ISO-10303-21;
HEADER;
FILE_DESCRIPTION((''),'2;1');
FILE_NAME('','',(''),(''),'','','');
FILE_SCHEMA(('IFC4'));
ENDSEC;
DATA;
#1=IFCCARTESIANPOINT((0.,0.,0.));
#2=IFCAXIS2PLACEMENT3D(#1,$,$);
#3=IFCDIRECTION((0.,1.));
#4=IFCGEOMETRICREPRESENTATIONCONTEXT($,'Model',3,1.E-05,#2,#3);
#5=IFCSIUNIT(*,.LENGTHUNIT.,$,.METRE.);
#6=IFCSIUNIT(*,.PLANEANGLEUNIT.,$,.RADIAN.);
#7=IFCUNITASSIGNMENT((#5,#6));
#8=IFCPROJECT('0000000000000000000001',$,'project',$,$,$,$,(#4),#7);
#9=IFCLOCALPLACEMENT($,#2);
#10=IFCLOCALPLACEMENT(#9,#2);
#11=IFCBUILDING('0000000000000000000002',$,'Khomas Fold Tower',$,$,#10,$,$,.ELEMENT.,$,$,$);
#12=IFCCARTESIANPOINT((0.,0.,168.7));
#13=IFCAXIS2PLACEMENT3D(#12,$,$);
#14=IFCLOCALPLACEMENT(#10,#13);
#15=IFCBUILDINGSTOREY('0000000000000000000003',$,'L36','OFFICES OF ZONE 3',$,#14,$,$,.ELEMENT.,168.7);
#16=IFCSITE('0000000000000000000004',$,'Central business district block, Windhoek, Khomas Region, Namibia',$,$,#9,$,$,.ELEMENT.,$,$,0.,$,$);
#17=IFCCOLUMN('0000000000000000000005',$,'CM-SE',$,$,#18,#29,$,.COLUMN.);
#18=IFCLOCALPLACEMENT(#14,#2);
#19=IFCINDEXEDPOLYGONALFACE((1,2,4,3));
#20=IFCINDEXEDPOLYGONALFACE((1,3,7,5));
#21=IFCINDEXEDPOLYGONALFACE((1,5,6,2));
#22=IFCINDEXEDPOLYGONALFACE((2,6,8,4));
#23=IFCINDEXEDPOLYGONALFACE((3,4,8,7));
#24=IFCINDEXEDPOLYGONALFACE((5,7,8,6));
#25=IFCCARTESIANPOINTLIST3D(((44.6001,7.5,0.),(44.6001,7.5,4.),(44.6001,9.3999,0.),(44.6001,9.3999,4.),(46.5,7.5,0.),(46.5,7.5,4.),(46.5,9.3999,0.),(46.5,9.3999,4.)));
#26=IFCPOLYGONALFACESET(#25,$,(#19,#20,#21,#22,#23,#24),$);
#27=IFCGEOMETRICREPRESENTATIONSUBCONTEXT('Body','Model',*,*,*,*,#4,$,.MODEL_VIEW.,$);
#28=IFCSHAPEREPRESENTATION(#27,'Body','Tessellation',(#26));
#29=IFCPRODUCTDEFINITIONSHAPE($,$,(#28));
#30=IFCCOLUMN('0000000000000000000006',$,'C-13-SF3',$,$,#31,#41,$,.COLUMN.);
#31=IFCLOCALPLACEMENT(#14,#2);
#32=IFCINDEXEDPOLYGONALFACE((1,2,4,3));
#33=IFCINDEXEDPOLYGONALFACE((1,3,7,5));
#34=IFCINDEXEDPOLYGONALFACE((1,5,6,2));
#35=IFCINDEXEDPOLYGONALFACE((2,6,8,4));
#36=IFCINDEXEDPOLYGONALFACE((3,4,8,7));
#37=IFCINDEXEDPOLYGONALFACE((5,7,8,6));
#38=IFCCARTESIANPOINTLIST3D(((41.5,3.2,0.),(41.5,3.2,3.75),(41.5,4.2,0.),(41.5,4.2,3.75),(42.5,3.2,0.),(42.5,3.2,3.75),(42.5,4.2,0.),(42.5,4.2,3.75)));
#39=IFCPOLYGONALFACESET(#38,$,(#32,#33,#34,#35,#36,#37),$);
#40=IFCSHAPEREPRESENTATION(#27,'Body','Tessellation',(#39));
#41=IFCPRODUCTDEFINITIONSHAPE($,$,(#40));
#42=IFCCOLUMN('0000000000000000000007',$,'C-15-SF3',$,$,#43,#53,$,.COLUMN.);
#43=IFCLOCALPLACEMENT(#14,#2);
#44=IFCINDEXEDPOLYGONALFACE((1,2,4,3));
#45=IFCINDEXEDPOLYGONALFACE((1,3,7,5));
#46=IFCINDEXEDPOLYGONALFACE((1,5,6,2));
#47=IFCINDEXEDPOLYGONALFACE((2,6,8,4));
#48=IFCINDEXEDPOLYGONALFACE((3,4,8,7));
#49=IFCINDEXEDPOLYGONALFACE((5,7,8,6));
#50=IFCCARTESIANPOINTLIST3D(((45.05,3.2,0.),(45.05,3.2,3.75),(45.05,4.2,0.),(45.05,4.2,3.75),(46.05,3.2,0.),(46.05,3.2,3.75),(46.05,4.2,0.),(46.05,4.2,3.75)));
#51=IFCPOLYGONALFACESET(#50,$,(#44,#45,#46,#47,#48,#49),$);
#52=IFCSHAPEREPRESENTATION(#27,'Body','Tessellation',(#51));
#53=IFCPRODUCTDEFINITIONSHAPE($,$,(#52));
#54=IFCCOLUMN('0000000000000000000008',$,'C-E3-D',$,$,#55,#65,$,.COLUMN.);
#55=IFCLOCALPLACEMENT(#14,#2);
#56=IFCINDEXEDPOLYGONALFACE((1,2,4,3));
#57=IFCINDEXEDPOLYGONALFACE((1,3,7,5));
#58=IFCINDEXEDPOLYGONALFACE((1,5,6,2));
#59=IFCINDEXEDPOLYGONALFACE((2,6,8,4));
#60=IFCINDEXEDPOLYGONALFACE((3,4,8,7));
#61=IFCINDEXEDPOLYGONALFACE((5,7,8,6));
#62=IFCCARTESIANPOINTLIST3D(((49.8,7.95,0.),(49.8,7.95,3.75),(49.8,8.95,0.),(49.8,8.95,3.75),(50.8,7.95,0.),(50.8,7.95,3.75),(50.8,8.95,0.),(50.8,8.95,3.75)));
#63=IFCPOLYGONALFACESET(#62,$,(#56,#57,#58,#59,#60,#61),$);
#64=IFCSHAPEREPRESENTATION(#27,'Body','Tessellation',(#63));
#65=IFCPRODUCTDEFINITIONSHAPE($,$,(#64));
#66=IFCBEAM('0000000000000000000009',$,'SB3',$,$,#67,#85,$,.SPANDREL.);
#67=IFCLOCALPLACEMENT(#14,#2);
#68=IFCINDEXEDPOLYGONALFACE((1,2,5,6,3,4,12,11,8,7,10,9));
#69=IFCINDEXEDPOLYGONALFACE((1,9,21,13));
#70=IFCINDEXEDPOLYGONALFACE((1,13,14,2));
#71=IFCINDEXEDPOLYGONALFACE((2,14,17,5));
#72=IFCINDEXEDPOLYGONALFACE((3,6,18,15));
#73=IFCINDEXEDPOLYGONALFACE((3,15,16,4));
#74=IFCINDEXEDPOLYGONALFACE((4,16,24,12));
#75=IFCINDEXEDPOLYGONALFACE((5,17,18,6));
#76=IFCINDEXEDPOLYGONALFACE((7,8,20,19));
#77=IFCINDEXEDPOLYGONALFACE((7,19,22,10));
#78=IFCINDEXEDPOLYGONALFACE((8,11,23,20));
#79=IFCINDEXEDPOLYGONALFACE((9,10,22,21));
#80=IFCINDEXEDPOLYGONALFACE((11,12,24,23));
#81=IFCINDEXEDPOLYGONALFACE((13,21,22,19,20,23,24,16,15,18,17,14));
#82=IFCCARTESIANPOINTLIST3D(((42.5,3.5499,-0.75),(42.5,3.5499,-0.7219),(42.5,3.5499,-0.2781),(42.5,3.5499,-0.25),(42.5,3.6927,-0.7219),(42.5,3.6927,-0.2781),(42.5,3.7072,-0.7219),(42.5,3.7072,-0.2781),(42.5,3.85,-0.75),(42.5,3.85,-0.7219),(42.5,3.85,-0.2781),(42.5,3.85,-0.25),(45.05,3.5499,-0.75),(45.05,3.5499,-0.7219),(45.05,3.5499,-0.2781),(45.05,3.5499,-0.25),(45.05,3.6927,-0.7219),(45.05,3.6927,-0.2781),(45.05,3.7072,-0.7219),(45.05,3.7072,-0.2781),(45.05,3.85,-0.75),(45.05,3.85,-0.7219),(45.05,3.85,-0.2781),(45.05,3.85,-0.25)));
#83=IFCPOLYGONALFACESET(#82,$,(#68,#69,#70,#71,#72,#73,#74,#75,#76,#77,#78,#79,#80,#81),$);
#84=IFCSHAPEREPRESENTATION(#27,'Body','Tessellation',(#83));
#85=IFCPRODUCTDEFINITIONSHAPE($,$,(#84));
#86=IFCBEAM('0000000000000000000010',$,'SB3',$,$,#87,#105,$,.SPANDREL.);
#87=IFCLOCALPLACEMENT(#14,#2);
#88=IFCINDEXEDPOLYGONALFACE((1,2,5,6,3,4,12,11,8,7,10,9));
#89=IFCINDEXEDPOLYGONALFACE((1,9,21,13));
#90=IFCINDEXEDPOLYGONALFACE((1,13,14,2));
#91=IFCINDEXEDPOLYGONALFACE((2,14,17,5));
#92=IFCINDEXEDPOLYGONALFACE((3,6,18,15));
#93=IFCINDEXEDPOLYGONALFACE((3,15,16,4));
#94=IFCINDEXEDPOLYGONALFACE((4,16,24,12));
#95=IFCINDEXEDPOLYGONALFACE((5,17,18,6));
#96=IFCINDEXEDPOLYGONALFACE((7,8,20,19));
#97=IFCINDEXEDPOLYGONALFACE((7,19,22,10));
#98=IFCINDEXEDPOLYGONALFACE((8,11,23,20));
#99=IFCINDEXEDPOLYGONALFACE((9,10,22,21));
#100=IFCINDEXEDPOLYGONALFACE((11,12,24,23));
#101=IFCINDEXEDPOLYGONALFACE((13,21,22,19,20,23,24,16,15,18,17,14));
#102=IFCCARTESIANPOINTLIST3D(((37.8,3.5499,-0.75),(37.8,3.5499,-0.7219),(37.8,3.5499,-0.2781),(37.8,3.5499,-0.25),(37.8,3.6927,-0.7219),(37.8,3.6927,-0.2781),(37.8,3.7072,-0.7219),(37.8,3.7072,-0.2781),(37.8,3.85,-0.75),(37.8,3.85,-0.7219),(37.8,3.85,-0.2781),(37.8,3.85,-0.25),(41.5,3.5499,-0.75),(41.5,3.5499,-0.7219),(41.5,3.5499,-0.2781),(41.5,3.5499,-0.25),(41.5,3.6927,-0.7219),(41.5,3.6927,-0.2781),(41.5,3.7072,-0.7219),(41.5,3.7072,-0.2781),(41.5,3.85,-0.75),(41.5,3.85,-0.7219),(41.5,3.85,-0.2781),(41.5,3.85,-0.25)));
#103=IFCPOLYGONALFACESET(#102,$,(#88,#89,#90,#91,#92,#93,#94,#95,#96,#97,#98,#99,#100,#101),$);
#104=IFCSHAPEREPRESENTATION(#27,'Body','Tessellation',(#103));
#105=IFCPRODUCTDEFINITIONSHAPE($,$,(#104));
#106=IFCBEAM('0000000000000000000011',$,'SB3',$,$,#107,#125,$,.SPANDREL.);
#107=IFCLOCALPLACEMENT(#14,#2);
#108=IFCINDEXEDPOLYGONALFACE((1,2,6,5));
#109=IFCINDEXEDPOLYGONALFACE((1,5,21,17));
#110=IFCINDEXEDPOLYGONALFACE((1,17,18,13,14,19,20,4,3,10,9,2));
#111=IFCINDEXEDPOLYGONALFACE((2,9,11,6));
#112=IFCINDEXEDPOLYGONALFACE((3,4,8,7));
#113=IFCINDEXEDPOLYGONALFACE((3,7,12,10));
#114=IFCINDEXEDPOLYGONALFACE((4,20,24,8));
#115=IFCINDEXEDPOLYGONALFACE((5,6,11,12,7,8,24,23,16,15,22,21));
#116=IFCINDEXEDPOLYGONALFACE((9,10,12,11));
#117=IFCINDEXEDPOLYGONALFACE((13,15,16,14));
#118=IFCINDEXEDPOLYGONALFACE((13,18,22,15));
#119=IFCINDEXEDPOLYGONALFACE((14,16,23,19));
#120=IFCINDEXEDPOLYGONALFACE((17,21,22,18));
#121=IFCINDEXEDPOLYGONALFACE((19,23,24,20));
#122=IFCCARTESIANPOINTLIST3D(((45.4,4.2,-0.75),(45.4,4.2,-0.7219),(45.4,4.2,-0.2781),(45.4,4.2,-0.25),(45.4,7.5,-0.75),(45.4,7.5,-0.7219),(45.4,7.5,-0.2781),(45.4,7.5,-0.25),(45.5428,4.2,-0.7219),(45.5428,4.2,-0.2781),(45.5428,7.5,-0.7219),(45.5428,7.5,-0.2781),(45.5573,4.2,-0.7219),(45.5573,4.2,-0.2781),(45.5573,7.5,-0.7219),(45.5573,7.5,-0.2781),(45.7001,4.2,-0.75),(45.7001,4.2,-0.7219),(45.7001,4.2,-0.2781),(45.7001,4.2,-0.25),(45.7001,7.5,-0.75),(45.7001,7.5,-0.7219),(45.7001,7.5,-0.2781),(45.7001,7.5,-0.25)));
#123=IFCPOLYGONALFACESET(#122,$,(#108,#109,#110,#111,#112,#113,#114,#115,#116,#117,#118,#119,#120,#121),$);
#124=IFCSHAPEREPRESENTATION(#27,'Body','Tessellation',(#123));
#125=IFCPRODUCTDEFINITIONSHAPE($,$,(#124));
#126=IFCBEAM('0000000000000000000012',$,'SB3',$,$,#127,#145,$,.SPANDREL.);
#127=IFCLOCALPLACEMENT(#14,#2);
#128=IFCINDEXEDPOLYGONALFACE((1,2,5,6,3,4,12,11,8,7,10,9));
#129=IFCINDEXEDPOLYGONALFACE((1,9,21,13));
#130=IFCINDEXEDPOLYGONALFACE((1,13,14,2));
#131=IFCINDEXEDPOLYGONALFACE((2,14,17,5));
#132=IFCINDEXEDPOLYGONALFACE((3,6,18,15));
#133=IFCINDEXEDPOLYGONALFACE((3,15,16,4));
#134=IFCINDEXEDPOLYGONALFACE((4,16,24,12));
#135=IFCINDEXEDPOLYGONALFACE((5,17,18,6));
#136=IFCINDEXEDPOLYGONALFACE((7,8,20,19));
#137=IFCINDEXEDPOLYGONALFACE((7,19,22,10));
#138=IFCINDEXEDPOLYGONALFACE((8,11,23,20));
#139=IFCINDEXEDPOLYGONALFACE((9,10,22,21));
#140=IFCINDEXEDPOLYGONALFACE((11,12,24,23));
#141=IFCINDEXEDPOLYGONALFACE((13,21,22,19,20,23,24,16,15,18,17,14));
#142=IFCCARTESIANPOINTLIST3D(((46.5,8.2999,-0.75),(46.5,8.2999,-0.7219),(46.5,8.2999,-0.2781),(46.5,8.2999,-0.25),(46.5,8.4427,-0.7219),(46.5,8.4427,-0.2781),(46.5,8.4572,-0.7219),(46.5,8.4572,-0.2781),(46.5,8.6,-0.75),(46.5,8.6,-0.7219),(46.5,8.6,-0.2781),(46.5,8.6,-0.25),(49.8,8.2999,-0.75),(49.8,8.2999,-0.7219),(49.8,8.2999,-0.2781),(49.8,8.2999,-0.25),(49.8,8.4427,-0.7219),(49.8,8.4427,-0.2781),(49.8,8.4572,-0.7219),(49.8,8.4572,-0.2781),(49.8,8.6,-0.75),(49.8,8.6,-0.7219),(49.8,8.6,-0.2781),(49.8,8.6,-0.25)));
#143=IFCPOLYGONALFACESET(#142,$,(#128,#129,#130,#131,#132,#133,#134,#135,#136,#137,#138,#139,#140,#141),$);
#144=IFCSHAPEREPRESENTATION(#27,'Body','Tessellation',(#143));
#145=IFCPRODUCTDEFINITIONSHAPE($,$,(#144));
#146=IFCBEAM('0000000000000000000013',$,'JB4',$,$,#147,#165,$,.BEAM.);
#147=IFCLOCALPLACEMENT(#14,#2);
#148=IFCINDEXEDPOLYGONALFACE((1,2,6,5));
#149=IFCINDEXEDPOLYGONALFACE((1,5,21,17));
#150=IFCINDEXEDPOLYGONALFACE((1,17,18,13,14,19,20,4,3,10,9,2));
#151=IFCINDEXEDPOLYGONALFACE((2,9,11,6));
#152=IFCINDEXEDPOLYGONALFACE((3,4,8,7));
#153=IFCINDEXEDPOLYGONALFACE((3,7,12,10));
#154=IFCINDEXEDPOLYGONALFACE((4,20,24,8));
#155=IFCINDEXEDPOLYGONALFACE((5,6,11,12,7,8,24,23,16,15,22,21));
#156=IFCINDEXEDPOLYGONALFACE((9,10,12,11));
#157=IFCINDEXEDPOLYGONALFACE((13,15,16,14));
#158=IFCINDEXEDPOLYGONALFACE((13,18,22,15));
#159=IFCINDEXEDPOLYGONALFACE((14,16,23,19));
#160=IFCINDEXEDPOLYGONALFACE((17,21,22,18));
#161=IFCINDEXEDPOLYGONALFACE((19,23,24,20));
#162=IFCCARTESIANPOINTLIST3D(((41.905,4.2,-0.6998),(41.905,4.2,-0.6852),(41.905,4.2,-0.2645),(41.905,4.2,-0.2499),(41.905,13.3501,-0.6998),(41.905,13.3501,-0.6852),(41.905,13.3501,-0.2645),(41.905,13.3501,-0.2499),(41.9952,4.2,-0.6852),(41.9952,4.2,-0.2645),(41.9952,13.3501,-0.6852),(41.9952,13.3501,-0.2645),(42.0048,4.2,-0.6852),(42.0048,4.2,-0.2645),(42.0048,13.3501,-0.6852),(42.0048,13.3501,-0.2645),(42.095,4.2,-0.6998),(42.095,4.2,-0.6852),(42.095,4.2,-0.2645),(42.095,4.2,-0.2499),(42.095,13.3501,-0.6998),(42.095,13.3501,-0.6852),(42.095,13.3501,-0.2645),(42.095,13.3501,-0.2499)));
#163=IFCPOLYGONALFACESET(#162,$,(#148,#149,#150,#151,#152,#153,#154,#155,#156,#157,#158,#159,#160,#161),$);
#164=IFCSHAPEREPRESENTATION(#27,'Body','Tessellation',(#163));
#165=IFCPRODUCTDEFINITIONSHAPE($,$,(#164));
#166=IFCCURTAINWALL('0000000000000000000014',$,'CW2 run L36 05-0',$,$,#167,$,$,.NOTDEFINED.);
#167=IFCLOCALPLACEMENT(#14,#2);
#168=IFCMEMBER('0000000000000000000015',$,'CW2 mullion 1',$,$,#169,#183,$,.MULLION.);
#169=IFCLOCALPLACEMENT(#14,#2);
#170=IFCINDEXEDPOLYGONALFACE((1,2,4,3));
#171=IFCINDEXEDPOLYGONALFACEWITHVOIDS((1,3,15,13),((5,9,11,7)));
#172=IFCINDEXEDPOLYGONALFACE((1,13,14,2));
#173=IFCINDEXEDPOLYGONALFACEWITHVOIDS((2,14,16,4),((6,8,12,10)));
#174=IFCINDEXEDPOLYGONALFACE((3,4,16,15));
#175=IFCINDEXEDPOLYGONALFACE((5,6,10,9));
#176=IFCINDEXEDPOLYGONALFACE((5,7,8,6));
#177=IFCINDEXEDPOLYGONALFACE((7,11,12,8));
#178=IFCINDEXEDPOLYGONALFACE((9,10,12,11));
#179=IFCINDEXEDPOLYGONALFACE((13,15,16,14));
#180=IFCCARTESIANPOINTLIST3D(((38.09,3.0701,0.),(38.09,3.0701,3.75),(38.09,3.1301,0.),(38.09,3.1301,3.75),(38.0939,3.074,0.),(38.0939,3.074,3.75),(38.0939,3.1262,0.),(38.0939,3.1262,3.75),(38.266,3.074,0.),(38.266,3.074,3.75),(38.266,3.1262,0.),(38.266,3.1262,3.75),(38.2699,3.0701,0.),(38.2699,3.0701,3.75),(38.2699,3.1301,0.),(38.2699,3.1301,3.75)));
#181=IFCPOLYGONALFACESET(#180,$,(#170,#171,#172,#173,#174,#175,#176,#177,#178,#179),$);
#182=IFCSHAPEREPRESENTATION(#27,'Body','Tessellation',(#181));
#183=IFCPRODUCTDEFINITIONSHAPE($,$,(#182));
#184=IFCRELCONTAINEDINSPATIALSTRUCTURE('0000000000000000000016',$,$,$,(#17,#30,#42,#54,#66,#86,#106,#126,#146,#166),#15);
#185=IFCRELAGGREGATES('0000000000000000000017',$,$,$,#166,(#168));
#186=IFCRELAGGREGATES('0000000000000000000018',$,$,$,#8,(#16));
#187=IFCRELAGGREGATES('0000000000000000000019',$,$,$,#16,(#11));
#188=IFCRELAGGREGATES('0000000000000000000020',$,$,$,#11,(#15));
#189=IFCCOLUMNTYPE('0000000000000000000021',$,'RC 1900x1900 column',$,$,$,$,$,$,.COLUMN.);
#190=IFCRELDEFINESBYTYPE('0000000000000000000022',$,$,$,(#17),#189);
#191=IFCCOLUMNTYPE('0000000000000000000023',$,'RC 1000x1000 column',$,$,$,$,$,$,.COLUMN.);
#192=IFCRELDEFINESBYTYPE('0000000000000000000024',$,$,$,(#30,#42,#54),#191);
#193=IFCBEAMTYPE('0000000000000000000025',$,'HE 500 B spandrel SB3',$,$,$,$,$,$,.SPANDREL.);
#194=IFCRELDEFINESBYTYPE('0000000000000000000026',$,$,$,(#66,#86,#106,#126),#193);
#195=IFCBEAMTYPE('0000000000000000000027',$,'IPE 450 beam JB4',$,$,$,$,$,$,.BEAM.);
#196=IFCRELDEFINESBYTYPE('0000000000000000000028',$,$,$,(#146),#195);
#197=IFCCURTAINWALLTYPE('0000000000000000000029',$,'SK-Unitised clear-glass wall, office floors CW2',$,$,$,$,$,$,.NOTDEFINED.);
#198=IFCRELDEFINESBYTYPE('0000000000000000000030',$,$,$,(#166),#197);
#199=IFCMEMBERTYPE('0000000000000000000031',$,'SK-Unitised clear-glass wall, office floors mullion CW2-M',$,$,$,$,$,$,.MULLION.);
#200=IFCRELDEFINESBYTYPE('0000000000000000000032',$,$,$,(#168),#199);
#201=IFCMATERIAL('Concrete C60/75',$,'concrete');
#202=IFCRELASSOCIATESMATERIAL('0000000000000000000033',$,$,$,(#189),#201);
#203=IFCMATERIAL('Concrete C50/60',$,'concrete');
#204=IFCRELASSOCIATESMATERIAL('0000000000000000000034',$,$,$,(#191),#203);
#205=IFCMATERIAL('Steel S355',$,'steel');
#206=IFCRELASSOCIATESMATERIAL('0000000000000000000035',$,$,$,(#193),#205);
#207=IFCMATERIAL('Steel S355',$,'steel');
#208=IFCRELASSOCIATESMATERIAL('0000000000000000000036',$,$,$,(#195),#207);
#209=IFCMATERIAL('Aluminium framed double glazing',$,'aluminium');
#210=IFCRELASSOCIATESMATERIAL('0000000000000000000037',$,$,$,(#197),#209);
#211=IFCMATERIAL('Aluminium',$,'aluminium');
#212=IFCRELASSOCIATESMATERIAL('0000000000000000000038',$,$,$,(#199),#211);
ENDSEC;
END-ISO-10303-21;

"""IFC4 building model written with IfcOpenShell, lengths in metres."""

from ifc_helpers import new_model, si_unit, direction, frame, origin, origin_2d, place, context, subcontext, project, spatial, rectangle, hollow_rectangle, i_section, extrude, source, transform, mapped, material, material_profile, profile_set, type_object, element, aggregate, save


model = new_model("IFC4")

# Units and contexts
model_context = context("Model", 3, precision=1e-05, world=origin(), true_north=direction((0.0, 1.0)))
body_context = subcontext(model_context, "Body", "Model", "MODEL_VIEW")
ifc_project = project(units=[si_unit("LENGTHUNIT", "METRE"), si_unit("PLANEANGLEUNIT", "RADIAN")], contexts=[model_context])

# Site, building, storey
site_placement = place(None, origin())
site = spatial("IfcSite", under=ifc_project, at=site_placement, Name="Central business district block, Windhoek, Khomas Region, Namibia", CompositionType="ELEMENT", RefElevation=0.0)
building_placement = place(site_placement, origin())
building = spatial("IfcBuilding", under=site, at=building_placement, Name="Khomas Fold Tower", CompositionType="ELEMENT")
storey_placement = place(building_placement, frame((0.0, 0.0, 168.7)))
storey = spatial("IfcBuildingStorey", under=building, at=storey_placement, Name="L36", Description="OFFICES OF ZONE 3", CompositionType="ELEMENT", Elevation=168.7)

# Columns
ifc_material_1 = material(Name="Concrete C60/75", Category="concrete")
ifc_material_profile_1 = material_profile(ifc_material_1, rectangle(XDim=1.8999, YDim=1.8999, at=origin_2d()), Name="RC 1900x1900")
ifc_profile_set_1 = profile_set([ifc_material_profile_1], Name="Concrete C60/75")
column_type_1 = type_object("IfcColumnType", Name="RC 1900x1900 column", PredefinedType="COLUMN", material=ifc_profile_set_1)
shared_shape_1 = source(origin(), body_context, "Body", "SweptSolid", [
    extrude(rectangle(XDim=1.8999, YDim=1.8999, at=origin_2d()), origin(), (0.0, 0.0, 1.0), 4.0),
])
column_placement = place(storey_placement, frame((45.55, 8.45, 0.0), z_axis=(0.0, 0.0, 1.0), x_axis=(1.0, 0.0, 0.0)))
element("IfcColumn", 1, at=column_placement, inside=storey, type_object=column_type_1, Name="CM-SE", PredefinedType="COLUMN", context=body_context, shape_type="MappedRepresentation", body=[
    mapped(shared_shape_1, transform((0.0, 0.0, 0.0))),
])
ifc_material_2 = material(Name="Concrete C50/60", Category="concrete")
ifc_material_profile_2 = material_profile(ifc_material_2, rectangle(XDim=1.0, YDim=1.0, at=origin_2d()), Name="RC 1000x1000")
ifc_profile_set_2 = profile_set([ifc_material_profile_2], Name="Concrete C50/60")
column_type_2 = type_object("IfcColumnType", Name="RC 1000x1000 column", PredefinedType="COLUMN", material=ifc_profile_set_2)
shared_shape_2 = source(origin(), body_context, "Body", "SweptSolid", [
    extrude(rectangle(XDim=1.0, YDim=1.0, at=origin_2d()), origin(), (0.0, 0.0, 1.0), 3.75),
])
for number, where, z_axis, x_axis, name in (
    (2, (42.0, 3.7, 0.0), (0.0, 0.0, 1.0), (1.0, 0.0, 0.0), "C-13-SF3"),
    (3, (45.55, 3.7, 0.0), (0.0, 0.0, 1.0), (1.0, 0.0, 0.0), "C-15-SF3"),
    (4, (50.3, 8.45, 0.0), (0.0, 0.0, 1.0), (1.0, 0.0, 0.0), "C-E3-D"),
):
    element("IfcColumn", number, at=place(storey_placement, frame(where, z_axis=z_axis, x_axis=x_axis)), inside=storey, type_object=column_type_2, Name=name, PredefinedType="COLUMN", context=body_context, shape_type="MappedRepresentation", body=[
        mapped(shared_shape_2, transform((0.0, 0.0, 0.0))),
    ])

# Beams
ifc_material_3 = material(Name="Steel S355", Category="steel")
ifc_material_profile_3 = material_profile(ifc_material_3, i_section(OverallWidth=0.3, OverallDepth=0.5, WebThickness=0.0144, FlangeThickness=0.0281, at=origin_2d()), Name="HE 500 B")
ifc_profile_set_3 = profile_set([ifc_material_profile_3], Name="Steel S355")
beam_type_1 = type_object("IfcBeamType", Name="HE 500 B spandrel SB3", PredefinedType="SPANDREL", material=ifc_profile_set_3)
shared_shape_3 = source(origin(), body_context, "Body", "SweptSolid", [
    extrude(i_section(OverallWidth=0.3, OverallDepth=0.5, WebThickness=0.0144, FlangeThickness=0.0281, at=origin_2d()), origin(), (0.0, 0.0, 1.0), 2.55),
])
beam_1_placement = place(storey_placement, frame((42.5, 3.7, -0.5), z_axis=(1.0, 0.0, 0.0), x_axis=(0.0, 1.0, 0.0)))
element("IfcBeam", 5, at=beam_1_placement, inside=storey, type_object=beam_type_1, Name="SB3", PredefinedType="SPANDREL", context=body_context, shape_type="MappedRepresentation", body=[
    mapped(shared_shape_3, transform((0.0, 0.0, 0.0))),
])
shared_shape_4 = source(origin(), body_context, "Body", "SweptSolid", [
    extrude(i_section(OverallWidth=0.3, OverallDepth=0.5, WebThickness=0.0144, FlangeThickness=0.0281, at=origin_2d()), origin(), (0.0, 0.0, 1.0), 3.7),
])
beam_2_placement = place(storey_placement, frame((37.8, 3.7, -0.5), z_axis=(1.0, 0.0, 0.0), x_axis=(0.0, 1.0, 0.0)))
element("IfcBeam", 6, at=beam_2_placement, inside=storey, type_object=beam_type_1, Name="SB3", PredefinedType="SPANDREL", context=body_context, shape_type="MappedRepresentation", body=[
    mapped(shared_shape_4, transform((0.0, 0.0, 0.0))),
])
shared_shape_5 = source(origin(), body_context, "Body", "SweptSolid", [
    extrude(i_section(OverallWidth=0.3, OverallDepth=0.5, WebThickness=0.0144, FlangeThickness=0.0281, at=origin_2d()), origin(), (0.0, 0.0, 1.0), 3.3),
])
for number, where, z_axis, x_axis, name in (
    (7, (45.55, 4.2, -0.5), (0.0, 1.0, 0.0), (-1.0, 0.0, 0.0), "SB3"),
    (8, (46.5, 8.45, -0.5), (1.0, 0.0, 0.0), (0.0, 1.0, 0.0), "SB3"),
):
    element("IfcBeam", number, at=place(storey_placement, frame(where, z_axis=z_axis, x_axis=x_axis)), inside=storey, type_object=beam_type_1, Name=name, PredefinedType="SPANDREL", context=body_context, shape_type="MappedRepresentation", body=[
        mapped(shared_shape_5, transform((0.0, 0.0, 0.0))),
    ])
ifc_material_4 = material(Name="Steel S355", Category="steel")
ifc_material_profile_4 = material_profile(ifc_material_4, i_section(OverallWidth=0.1899, OverallDepth=0.45, WebThickness=0.0095, FlangeThickness=0.0146, at=origin_2d()), Name="IPE 450")
ifc_profile_set_4 = profile_set([ifc_material_profile_4], Name="Steel S355")
beam_type_2 = type_object("IfcBeamType", Name="IPE 450 beam JB4", PredefinedType="BEAM", material=ifc_profile_set_4)
shared_shape_6 = source(origin(), body_context, "Body", "SweptSolid", [
    extrude(i_section(OverallWidth=0.1899, OverallDepth=0.45, WebThickness=0.0095, FlangeThickness=0.0146, at=origin_2d()), origin(), (0.0, 0.0, 1.0), 9.1501),
])
beam_3_placement = place(storey_placement, frame((42.0, 4.2, -0.4749), z_axis=(0.0, 1.0, 0.0), x_axis=(-1.0, 0.0, 0.0)))
element("IfcBeam", 9, at=beam_3_placement, inside=storey, type_object=beam_type_2, Name="JB4", PredefinedType="BEAM", context=body_context, shape_type="MappedRepresentation", body=[
    mapped(shared_shape_6, transform((0.0, 0.0, 0.0))),
])

# Curtain wall, member
ifc_material_5 = material(Name="Aluminium framed double glazing", Category="aluminium")
curtain_wall_type_1 = type_object("IfcCurtainWallType", Name="SK-Unitised clear-glass wall, office floors CW2", PredefinedType="NOTDEFINED", material=ifc_material_5)
curtain_wall_1_placement = place(storey_placement, origin())
curtain_wall_1 = element("IfcCurtainWall", 10, at=curtain_wall_1_placement, inside=storey, type_object=curtain_wall_type_1, Name="CW2 run L36 05-0", PredefinedType="NOTDEFINED")
ifc_material_6 = material(Name="Aluminium", Category="aluminium")
ifc_material_profile_5 = material_profile(ifc_material_6, hollow_rectangle(XDim=0.0601, YDim=0.1799, WallThickness=0.0039, at=origin_2d()), Name="SK-Unitised clear-glass wall, office floors mullion CW2-M")
ifc_profile_set_5 = profile_set([ifc_material_profile_5], Name="Aluminium")
member_type_1 = type_object("IfcMemberType", Name="SK-Unitised clear-glass wall, office floors mullion CW2-M", PredefinedType="MULLION", material=ifc_profile_set_5)
shared_shape_7 = source(origin(), body_context, "Body", "SweptSolid", [
    extrude(hollow_rectangle(XDim=0.0601, YDim=0.1799, WallThickness=0.0039, at=origin_2d()), origin(), (0.0, 0.0, 1.0), 3.75),
])
member_1_placement = place(storey_placement, frame((38.1799, 3.1001, 0.0), z_axis=(0.0, 0.0, 1.0), x_axis=(0.0, 1.0, 0.0)))
member_1 = element("IfcMember", 11, at=member_1_placement, type_object=member_type_1, Name="CW2 mullion 1", PredefinedType="MULLION", context=body_context, shape_type="MappedRepresentation", body=[
    mapped(shared_shape_7, transform((0.0, 0.0, 0.0))),
])

aggregate(curtain_wall_1, [member_1])

save(model, "model.ifc")
